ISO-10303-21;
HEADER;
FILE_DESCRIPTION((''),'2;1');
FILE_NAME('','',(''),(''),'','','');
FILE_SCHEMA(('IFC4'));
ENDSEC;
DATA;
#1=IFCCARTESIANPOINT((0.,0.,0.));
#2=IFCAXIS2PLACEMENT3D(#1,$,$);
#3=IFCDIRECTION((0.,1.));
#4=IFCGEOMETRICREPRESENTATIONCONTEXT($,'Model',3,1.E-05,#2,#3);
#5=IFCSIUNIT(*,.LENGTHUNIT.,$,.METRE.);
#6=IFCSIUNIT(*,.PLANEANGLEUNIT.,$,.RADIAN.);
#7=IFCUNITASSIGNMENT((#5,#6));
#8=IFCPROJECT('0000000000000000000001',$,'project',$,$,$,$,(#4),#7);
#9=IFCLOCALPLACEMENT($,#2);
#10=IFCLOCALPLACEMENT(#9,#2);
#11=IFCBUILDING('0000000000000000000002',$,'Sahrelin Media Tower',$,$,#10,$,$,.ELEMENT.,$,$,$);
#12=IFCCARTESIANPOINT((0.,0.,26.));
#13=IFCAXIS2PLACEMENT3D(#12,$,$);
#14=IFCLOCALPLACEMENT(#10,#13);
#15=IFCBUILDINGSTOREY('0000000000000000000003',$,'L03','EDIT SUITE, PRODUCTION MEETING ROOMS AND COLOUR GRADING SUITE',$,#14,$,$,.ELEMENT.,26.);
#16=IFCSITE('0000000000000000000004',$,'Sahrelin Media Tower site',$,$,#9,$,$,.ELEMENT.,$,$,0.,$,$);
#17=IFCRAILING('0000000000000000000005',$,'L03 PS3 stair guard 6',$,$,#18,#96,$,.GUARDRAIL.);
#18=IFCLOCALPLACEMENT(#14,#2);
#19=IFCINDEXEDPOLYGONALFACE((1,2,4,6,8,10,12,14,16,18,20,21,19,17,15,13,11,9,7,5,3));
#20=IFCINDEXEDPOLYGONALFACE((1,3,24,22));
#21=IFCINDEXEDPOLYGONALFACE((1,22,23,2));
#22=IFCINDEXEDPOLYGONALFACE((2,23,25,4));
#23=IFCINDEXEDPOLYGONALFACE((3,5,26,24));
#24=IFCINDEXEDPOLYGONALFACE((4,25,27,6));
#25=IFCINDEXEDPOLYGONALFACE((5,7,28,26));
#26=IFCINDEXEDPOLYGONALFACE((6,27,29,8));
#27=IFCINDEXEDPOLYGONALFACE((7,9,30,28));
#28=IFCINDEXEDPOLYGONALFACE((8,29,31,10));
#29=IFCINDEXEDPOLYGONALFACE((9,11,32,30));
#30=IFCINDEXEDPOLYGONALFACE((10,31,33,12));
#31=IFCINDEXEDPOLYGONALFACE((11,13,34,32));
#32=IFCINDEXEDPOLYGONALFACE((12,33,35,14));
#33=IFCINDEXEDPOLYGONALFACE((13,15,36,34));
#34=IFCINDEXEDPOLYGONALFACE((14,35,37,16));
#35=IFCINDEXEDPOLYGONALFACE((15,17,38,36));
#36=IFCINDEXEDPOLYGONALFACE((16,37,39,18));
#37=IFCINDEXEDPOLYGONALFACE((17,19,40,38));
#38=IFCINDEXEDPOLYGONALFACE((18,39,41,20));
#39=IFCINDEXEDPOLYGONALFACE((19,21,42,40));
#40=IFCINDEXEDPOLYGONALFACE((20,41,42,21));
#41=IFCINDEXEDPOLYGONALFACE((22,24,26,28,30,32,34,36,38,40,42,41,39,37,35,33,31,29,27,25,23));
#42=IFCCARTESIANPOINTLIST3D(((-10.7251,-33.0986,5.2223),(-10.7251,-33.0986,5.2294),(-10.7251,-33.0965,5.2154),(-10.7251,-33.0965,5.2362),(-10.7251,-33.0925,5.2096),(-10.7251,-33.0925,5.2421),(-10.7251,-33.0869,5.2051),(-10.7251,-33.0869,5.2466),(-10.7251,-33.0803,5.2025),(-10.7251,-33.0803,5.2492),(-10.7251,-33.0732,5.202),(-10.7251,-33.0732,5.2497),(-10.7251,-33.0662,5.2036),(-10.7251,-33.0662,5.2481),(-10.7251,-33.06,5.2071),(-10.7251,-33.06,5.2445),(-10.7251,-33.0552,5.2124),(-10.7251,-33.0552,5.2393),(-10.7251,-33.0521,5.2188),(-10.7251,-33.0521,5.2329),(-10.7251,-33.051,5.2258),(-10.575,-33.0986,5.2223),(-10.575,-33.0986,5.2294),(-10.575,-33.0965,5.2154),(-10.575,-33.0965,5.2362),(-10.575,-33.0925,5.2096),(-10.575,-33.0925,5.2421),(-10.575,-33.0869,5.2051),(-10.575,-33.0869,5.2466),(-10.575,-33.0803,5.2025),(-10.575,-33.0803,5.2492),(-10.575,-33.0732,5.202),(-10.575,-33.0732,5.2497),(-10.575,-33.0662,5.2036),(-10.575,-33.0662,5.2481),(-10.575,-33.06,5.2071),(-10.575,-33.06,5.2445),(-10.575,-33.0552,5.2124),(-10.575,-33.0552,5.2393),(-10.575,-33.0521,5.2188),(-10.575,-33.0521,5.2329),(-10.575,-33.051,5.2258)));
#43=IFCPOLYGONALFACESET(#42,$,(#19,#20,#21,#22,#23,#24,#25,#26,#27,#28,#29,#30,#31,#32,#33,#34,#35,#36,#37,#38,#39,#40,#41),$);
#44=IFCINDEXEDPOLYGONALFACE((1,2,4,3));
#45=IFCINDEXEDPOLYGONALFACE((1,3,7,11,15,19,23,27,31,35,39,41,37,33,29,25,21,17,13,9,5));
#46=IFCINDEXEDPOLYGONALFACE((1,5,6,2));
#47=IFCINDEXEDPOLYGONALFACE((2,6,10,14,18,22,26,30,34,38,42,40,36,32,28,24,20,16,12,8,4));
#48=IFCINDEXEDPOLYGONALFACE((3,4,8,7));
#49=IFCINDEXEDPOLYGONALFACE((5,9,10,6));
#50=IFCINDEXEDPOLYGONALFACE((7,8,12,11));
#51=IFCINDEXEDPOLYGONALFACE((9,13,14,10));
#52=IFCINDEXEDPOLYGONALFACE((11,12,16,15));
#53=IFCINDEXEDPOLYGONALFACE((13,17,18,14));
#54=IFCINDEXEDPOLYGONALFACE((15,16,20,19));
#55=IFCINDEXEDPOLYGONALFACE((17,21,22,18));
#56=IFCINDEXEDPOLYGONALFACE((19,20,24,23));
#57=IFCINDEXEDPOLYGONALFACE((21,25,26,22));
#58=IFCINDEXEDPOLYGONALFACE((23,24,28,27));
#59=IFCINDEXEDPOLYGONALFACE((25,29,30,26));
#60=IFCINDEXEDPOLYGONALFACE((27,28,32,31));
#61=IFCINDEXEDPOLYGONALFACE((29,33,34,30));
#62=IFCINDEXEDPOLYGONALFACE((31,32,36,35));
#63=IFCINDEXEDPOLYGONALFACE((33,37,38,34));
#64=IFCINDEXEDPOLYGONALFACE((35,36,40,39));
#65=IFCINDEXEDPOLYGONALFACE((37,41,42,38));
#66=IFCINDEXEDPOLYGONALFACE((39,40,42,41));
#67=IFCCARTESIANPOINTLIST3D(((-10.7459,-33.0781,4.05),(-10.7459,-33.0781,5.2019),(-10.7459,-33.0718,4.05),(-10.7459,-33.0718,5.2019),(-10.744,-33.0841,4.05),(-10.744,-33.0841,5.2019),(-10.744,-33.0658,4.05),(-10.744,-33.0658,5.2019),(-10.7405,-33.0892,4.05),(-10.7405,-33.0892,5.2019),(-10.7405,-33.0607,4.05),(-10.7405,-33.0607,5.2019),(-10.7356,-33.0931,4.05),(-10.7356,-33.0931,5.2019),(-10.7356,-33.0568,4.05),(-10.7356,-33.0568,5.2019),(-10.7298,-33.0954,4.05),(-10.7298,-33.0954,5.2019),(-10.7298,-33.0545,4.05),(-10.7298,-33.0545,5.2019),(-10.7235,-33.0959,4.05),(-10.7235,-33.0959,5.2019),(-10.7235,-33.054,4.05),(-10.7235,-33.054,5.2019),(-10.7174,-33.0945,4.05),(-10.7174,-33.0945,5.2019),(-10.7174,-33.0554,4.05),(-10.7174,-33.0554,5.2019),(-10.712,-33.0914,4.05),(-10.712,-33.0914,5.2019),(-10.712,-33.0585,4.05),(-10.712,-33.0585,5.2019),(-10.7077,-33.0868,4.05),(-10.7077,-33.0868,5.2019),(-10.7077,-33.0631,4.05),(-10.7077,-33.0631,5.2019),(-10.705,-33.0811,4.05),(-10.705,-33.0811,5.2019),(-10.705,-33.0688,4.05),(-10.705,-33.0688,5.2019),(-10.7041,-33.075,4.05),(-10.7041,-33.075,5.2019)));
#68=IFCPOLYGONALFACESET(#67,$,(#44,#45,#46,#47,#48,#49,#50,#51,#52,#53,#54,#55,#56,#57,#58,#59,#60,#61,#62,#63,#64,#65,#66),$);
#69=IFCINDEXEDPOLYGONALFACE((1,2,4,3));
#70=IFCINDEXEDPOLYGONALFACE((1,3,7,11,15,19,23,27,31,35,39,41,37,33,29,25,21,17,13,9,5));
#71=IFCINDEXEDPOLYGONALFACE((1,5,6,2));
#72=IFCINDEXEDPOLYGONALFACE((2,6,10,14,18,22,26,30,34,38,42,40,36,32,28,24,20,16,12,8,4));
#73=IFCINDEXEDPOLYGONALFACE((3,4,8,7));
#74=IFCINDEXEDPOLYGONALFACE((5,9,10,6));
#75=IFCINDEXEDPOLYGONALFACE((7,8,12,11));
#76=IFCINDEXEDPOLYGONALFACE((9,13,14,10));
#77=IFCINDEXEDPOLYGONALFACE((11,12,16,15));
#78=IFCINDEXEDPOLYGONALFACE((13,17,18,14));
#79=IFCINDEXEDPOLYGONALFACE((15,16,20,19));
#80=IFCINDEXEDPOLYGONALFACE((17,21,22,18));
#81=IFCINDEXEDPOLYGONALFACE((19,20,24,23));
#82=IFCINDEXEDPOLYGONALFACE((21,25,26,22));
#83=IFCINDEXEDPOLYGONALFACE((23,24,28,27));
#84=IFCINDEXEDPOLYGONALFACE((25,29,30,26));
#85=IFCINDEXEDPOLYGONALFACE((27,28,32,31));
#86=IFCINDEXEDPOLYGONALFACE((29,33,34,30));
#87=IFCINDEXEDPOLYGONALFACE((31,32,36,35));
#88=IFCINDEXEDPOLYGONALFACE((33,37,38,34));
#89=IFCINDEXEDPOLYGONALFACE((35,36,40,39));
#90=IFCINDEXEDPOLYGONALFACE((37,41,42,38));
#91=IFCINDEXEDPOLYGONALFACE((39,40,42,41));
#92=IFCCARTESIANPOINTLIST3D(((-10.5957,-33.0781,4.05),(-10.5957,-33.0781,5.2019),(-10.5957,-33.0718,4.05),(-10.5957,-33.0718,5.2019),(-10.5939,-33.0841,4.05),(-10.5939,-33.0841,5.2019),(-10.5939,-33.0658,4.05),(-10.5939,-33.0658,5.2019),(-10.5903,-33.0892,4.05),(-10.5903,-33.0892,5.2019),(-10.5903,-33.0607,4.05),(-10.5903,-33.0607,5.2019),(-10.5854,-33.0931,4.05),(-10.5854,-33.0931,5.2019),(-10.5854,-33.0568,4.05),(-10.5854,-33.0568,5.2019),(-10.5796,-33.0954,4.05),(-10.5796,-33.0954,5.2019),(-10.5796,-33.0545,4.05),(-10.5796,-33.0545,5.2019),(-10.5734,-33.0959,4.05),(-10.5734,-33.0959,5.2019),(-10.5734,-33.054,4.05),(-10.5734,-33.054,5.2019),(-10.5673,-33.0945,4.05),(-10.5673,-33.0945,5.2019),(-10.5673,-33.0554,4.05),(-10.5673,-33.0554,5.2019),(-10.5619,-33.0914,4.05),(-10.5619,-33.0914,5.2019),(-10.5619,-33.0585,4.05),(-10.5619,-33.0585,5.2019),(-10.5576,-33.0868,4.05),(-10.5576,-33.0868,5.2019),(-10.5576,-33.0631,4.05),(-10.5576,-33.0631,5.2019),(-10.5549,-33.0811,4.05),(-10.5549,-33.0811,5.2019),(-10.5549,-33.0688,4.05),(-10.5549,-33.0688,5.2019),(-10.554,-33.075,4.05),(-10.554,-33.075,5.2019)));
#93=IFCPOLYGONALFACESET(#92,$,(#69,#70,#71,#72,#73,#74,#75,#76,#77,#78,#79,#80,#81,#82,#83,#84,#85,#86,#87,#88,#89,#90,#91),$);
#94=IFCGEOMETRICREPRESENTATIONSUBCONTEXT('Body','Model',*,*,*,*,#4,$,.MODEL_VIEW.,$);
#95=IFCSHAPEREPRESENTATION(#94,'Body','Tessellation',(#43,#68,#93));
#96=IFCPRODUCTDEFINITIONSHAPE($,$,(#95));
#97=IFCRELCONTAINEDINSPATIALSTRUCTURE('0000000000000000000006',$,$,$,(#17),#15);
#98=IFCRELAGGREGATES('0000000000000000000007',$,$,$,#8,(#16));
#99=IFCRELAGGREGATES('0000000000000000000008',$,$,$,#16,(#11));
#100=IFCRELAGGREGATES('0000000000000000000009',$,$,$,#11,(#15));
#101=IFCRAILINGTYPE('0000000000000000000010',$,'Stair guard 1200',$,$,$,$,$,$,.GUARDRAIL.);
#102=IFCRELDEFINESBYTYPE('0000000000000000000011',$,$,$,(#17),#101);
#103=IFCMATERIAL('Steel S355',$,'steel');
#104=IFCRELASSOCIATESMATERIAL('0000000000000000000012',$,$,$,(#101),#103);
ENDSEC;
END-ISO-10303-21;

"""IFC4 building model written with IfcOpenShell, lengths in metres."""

from ifc_helpers import new_model, si_unit, direction, frame, origin, origin_2d, place, context, subcontext, project, spatial, circle, extrude, material, type_object, element, save


model = new_model("IFC4")

# Units and contexts
model_context = context("Model", 3, precision=1e-05, world=origin(), true_north=direction((0.0, 1.0)))
body_context = subcontext(model_context, "Body", "Model", "MODEL_VIEW")
ifc_project = project(units=[si_unit("LENGTHUNIT", "METRE"), si_unit("PLANEANGLEUNIT", "RADIAN")], contexts=[model_context])

# Site, building, storey
site_placement = place(None, origin())
site = spatial("IfcSite", under=ifc_project, at=site_placement, Name="Sahrelin Media Tower site", CompositionType="ELEMENT", RefElevation=0.0)
building_placement = place(site_placement, origin())
building = spatial("IfcBuilding", under=site, at=building_placement, Name="Sahrelin Media Tower", CompositionType="ELEMENT")
storey_placement = place(building_placement, frame((0.0, 0.0, 26.0)))
storey = spatial("IfcBuildingStorey", under=building, at=storey_placement, Name="L03", Description="EDIT SUITE, PRODUCTION MEETING ROOMS AND COLOUR GRADING SUITE", CompositionType="ELEMENT", Elevation=26.0)

# Shared definitions
ifc_material_1 = material(Name="Steel S355", Category="steel")

# Railing
railing_type_1 = type_object("IfcRailingType", Name="Stair guard 1200", PredefinedType="GUARDRAIL", material=ifc_material_1)
railing_1_placement = place(storey_placement, frame((-10.7251, -33.075, 4.05)))
element("IfcRailing", 1, at=railing_1_placement, inside=storey, type_object=railing_type_1, Name="L03 PS3 stair guard 6", PredefinedType="GUARDRAIL", context=body_context, shape_type="SweptSolid", body=[
    extrude(circle(Radius=0.0239, at=origin_2d()), frame((0.0, 0.0, 1.1758), z_axis=(1.0, 0.0, 0.0), x_axis=(0.0, 1.0, 0.0)), (0.0, 0.0, 1.0), 0.1501),
    extrude(circle(Radius=0.021, at=origin_2d()), origin(), (0.0, 0.0, 1.0), 1.1519),
    extrude(circle(Radius=0.021, at=origin_2d()), frame((0.1501, 0.0, 0.0)), (0.0, 0.0, 1.0), 1.1519),
])

save(model, "model.ifc")
